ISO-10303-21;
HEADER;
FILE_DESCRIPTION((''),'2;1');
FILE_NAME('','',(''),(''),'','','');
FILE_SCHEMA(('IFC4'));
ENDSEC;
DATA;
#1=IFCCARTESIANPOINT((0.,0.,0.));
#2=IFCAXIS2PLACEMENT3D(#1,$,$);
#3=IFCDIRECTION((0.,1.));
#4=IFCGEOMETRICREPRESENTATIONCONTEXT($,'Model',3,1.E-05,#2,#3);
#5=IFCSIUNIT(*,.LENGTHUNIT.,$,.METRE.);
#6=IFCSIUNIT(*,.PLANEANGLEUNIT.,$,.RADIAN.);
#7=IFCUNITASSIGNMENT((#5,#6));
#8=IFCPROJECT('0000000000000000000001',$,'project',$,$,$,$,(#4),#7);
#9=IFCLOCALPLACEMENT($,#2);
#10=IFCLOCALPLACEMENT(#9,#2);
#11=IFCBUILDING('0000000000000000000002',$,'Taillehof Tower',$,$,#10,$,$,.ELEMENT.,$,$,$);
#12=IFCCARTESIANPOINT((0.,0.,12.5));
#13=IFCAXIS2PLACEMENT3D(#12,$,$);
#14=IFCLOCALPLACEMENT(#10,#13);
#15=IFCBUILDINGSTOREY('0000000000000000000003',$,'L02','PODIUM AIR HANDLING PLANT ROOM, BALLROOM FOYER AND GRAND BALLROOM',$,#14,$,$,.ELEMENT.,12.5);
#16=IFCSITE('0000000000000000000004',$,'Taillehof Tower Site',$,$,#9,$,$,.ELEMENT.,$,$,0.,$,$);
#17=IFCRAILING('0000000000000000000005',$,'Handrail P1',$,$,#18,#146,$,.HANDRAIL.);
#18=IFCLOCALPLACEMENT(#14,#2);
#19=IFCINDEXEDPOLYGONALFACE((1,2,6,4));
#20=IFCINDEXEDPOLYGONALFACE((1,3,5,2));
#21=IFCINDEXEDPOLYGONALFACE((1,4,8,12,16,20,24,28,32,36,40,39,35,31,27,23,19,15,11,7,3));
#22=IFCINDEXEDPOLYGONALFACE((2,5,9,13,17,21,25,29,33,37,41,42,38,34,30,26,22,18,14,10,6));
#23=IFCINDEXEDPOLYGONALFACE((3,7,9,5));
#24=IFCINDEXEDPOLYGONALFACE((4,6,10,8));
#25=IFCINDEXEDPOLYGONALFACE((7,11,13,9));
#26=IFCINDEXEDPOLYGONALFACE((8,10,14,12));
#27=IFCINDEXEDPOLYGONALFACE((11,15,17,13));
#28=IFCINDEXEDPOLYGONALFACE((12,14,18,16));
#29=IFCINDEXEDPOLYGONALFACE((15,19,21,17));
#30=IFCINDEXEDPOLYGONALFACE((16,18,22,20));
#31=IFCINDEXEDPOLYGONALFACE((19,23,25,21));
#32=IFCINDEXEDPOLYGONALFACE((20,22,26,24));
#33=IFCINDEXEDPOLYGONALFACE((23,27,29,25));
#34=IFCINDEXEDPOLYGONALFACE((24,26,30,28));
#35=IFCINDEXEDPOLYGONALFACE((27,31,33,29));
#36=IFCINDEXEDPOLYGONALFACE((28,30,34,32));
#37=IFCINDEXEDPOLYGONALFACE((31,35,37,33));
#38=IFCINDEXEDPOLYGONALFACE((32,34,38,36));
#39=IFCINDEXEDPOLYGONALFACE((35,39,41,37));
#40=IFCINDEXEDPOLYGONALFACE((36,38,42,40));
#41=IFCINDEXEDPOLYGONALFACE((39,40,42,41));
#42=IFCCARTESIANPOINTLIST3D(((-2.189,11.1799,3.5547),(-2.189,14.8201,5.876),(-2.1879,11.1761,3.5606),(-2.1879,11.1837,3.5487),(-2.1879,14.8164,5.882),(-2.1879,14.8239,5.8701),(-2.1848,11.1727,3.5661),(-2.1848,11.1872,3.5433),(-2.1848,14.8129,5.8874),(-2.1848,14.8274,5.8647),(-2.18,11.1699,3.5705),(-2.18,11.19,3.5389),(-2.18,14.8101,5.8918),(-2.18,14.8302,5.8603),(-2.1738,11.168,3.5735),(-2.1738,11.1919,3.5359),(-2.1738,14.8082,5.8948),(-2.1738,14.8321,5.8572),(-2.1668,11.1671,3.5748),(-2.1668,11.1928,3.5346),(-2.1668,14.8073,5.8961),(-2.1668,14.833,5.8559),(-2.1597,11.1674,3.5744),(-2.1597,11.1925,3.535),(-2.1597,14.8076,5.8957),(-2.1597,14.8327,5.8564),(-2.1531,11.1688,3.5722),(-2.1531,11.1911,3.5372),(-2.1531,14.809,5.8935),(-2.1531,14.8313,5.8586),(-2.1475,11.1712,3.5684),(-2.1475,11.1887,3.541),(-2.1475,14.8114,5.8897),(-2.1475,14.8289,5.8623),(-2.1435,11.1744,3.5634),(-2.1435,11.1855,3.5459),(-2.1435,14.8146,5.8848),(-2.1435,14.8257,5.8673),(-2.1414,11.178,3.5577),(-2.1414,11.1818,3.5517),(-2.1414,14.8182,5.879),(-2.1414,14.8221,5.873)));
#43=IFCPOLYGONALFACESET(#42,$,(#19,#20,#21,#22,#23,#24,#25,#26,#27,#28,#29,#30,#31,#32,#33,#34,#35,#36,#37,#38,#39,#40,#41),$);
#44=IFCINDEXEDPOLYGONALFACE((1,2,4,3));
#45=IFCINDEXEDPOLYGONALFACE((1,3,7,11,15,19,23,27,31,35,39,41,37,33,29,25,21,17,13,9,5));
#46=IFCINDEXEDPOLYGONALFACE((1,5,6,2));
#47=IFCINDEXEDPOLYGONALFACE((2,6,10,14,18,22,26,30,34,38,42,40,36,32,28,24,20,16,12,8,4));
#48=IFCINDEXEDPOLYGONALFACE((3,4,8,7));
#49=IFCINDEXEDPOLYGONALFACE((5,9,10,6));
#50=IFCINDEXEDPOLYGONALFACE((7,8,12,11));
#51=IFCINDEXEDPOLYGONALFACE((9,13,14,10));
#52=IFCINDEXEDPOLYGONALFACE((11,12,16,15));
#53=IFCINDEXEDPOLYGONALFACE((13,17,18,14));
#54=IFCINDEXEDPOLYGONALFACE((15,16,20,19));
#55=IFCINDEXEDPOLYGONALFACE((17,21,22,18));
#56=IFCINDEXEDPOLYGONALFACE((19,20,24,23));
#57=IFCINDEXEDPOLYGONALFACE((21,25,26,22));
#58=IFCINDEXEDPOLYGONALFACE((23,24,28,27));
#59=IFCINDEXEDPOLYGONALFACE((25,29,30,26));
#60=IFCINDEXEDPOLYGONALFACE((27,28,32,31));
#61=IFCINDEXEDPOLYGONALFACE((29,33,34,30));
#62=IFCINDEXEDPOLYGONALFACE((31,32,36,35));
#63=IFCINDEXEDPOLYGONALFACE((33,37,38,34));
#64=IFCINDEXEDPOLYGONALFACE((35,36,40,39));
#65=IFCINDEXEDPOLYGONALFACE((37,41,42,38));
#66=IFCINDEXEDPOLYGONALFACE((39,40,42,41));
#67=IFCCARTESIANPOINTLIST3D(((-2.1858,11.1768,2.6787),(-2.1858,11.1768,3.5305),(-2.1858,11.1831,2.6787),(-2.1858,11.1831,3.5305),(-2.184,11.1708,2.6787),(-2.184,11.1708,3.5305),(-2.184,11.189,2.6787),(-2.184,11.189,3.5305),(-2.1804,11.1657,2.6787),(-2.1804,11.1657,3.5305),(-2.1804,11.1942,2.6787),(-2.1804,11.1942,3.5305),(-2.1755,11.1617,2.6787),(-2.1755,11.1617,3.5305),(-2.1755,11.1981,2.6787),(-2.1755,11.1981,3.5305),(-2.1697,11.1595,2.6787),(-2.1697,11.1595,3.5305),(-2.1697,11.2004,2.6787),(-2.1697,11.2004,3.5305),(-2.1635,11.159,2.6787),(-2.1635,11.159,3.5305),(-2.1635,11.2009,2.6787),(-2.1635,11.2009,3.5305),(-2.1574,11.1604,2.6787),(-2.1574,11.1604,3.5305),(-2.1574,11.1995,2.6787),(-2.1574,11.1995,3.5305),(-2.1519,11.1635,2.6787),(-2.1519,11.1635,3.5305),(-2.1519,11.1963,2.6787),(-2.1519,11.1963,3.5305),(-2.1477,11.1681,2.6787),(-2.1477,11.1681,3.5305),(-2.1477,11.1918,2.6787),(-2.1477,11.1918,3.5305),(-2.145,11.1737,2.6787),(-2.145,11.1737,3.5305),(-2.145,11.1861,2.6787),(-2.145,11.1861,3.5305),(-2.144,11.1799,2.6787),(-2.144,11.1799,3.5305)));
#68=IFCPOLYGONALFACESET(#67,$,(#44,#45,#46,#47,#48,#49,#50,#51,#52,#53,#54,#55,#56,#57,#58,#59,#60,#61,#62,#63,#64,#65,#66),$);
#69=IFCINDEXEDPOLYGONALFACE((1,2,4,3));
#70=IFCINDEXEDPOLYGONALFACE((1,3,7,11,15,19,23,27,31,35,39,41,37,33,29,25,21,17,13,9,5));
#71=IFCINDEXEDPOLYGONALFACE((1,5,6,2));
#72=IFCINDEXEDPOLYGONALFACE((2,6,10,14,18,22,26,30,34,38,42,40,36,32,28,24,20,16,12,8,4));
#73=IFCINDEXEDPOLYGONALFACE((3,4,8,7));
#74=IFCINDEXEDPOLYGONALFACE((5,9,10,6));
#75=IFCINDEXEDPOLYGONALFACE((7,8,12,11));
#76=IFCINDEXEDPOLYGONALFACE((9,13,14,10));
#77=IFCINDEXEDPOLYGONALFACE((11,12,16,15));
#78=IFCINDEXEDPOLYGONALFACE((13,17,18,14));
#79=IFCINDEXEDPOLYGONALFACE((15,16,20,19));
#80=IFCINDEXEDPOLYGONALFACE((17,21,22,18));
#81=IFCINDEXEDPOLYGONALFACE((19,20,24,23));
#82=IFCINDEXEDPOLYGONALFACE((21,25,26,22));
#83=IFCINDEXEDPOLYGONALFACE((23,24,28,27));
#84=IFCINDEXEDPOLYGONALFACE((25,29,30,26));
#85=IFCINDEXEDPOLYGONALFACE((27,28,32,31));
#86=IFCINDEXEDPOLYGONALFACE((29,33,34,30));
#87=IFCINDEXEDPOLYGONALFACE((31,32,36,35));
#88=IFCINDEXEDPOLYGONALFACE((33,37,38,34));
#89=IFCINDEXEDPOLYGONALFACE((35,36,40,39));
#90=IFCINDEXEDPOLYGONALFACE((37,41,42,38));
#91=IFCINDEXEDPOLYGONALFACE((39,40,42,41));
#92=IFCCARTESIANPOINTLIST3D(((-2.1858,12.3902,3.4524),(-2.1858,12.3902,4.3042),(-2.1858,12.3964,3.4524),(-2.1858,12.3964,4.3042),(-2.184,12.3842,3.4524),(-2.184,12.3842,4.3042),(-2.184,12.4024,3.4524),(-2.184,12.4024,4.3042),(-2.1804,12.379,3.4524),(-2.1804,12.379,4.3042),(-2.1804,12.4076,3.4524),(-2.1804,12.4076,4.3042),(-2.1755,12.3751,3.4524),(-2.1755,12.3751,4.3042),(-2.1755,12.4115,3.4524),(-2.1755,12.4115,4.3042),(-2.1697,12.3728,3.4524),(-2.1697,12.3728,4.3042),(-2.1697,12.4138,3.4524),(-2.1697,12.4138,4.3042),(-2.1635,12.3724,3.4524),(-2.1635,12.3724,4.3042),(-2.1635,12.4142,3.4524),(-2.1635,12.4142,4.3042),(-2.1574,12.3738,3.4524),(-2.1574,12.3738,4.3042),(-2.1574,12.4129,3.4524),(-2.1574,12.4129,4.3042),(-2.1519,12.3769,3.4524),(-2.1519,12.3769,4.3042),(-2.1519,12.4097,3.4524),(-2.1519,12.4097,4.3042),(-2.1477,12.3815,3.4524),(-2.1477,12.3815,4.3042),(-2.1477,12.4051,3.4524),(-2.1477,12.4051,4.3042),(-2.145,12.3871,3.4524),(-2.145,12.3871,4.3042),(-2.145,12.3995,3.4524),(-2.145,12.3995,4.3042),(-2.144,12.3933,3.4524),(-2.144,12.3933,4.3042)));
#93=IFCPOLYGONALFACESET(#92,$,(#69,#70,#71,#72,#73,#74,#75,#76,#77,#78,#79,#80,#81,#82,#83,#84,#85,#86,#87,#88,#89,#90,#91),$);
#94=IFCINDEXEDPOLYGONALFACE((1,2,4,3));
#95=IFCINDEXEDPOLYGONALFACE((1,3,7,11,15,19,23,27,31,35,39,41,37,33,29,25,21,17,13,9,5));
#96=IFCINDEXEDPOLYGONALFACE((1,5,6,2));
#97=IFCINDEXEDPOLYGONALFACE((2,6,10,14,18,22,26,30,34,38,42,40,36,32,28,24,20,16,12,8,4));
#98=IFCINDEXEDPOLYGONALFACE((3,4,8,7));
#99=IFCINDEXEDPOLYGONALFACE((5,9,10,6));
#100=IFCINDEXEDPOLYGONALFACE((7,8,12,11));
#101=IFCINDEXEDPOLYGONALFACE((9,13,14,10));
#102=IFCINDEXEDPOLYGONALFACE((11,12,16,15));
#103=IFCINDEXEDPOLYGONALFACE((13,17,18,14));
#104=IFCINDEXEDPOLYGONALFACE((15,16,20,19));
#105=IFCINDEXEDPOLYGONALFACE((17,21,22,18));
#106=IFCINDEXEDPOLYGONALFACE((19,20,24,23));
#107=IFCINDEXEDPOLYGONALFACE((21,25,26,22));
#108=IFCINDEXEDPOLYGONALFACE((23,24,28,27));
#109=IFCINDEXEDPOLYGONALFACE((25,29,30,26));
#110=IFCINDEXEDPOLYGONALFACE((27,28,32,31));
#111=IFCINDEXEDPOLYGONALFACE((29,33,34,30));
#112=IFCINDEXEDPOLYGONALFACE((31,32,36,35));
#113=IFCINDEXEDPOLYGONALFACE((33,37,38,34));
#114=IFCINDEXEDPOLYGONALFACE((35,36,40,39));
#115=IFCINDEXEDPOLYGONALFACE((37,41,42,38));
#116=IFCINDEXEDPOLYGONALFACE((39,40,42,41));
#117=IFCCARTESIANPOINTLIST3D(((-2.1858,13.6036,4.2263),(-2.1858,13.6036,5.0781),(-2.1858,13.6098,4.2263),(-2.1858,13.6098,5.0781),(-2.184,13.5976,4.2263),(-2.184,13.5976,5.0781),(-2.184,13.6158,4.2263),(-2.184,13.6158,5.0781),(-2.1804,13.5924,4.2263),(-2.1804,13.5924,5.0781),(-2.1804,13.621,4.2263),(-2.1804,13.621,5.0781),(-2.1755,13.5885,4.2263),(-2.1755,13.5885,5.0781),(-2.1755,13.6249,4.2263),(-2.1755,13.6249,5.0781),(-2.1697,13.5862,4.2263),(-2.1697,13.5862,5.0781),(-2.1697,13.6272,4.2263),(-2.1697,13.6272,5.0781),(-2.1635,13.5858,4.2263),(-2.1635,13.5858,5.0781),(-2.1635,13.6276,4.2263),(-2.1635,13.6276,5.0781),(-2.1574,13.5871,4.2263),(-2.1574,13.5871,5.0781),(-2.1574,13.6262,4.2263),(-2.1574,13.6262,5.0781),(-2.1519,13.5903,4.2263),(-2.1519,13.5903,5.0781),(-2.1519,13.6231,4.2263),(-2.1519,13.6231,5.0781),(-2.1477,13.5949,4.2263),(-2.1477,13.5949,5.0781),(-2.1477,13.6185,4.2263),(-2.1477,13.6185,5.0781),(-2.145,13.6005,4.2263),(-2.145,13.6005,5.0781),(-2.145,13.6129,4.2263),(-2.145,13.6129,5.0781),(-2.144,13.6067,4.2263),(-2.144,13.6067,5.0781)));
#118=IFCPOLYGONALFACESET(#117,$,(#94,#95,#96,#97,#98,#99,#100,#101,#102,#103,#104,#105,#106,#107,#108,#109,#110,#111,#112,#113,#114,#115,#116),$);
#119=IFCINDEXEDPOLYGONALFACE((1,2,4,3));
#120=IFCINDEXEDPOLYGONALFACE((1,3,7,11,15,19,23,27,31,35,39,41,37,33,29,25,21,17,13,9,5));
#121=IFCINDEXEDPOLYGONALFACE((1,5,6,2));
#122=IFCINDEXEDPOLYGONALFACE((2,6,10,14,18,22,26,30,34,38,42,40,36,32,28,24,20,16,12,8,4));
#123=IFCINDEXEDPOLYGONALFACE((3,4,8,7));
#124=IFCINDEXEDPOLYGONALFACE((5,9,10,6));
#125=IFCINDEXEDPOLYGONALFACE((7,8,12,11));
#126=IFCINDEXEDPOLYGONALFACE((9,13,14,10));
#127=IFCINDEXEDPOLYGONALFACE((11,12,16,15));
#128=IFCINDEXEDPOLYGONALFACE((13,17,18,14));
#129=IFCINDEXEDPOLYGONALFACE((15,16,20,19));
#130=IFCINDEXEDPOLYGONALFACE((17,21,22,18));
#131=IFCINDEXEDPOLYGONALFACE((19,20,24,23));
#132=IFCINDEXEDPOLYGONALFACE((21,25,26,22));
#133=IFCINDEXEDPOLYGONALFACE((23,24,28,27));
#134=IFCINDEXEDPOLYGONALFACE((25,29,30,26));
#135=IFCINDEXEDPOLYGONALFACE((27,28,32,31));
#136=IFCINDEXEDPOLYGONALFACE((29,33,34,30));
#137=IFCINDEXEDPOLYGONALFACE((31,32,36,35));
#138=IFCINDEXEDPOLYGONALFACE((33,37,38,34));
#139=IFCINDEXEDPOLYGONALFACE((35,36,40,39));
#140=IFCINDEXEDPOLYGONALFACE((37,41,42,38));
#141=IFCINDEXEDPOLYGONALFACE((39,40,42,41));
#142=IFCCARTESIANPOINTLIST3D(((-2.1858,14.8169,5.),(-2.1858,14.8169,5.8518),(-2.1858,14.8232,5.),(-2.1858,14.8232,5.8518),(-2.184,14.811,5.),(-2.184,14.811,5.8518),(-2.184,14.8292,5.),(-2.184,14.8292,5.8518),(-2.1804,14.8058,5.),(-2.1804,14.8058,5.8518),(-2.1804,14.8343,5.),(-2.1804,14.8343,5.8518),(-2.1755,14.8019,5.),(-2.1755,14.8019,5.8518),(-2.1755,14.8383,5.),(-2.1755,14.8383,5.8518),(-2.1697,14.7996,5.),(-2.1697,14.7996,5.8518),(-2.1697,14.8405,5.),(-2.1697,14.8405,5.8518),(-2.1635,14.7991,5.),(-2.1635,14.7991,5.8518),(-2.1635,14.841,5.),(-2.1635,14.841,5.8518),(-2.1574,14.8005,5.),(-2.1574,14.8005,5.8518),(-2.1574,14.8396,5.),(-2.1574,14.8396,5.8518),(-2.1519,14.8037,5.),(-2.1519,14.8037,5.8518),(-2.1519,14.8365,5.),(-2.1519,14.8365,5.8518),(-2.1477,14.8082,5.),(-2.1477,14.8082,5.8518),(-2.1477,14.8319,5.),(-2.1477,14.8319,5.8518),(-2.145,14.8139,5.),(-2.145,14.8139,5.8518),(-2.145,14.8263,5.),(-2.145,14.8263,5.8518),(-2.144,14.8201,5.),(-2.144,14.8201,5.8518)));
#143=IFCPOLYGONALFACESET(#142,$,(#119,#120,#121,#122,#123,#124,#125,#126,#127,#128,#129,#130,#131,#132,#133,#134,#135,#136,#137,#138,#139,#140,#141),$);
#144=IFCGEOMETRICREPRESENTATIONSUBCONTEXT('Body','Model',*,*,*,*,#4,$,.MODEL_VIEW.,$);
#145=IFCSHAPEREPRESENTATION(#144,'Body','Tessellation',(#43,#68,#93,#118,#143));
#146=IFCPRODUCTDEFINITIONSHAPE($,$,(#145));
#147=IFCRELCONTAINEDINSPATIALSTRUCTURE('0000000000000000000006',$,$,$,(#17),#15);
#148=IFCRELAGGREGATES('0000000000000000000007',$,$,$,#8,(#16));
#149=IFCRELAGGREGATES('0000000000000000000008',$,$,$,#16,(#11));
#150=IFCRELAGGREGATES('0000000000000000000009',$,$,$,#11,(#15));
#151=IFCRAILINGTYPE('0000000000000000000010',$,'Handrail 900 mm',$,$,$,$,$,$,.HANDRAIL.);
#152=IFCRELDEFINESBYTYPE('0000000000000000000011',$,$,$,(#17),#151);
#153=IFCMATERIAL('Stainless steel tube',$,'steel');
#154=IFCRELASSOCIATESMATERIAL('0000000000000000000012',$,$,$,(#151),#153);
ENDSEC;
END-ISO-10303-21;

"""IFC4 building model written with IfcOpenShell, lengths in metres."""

from ifc_helpers import new_model, si_unit, direction, frame, origin, origin_2d, place, context, subcontext, project, spatial, circle, extrude, material, type_object, element, save


model = new_model("IFC4")

# Units and contexts
model_context = context("Model", 3, precision=1e-05, world=origin(), true_north=direction((0.0, 1.0)))
body_context = subcontext(model_context, "Body", "Model", "MODEL_VIEW")
ifc_project = project(units=[si_unit("LENGTHUNIT", "METRE"), si_unit("PLANEANGLEUNIT", "RADIAN")], contexts=[model_context])

# Site, building, storey
site_placement = place(None, origin())
site = spatial("IfcSite", under=ifc_project, at=site_placement, Name="Taillehof Tower Site", CompositionType="ELEMENT", RefElevation=0.0)
building_placement = place(site_placement, origin())
building = spatial("IfcBuilding", under=site, at=building_placement, Name="Taillehof Tower", CompositionType="ELEMENT")
storey_placement = place(building_placement, frame((0.0, 0.0, 12.5)))
storey = spatial("IfcBuildingStorey", under=building, at=storey_placement, Name="L02", Description="PODIUM AIR HANDLING PLANT ROOM, BALLROOM FOYER AND GRAND BALLROOM", CompositionType="ELEMENT", Elevation=12.5)

# Railing
ifc_material_1 = material(Name="Stainless steel tube", Category="steel")
railing_type_1 = type_object("IfcRailingType", Name="Handrail 900 mm", PredefinedType="HANDRAIL", material=ifc_material_1)
for number, where, name in (
    (1, (-2.165, 11.1799, 2.6787), "Handrail P1"),
):
    element("IfcRailing", number, at=place(storey_placement, frame(where)), inside=storey, type_object=railing_type_1, Name=name, PredefinedType="HANDRAIL", context=body_context, shape_type="SweptSolid", body=[
        extrude(circle(Radius=0.0239, at=origin_2d()), frame((0.0, 0.0, 0.876), z_axis=(0.0, 0.843153, 0.537673), x_axis=(-1.0, 0.0, 0.0)), (0.0, 0.0, 1.0), 4.3174),
        extrude(circle(Radius=0.021, at=origin_2d()), origin(), (0.0, 0.0, 1.0), 0.8518),
        extrude(circle(Radius=0.021, at=origin_2d()), frame((0.0, 1.2134, 0.7737)), (0.0, 0.0, 1.0), 0.8518),
        extrude(circle(Radius=0.021, at=origin_2d()), frame((0.0, 2.4268, 1.5476)), (0.0, 0.0, 1.0), 0.8518),
        extrude(circle(Radius=0.021, at=origin_2d()), frame((0.0, 3.6401, 2.3213)), (0.0, 0.0, 1.0), 0.8518),
    ])

save(model, "model.ifc")
